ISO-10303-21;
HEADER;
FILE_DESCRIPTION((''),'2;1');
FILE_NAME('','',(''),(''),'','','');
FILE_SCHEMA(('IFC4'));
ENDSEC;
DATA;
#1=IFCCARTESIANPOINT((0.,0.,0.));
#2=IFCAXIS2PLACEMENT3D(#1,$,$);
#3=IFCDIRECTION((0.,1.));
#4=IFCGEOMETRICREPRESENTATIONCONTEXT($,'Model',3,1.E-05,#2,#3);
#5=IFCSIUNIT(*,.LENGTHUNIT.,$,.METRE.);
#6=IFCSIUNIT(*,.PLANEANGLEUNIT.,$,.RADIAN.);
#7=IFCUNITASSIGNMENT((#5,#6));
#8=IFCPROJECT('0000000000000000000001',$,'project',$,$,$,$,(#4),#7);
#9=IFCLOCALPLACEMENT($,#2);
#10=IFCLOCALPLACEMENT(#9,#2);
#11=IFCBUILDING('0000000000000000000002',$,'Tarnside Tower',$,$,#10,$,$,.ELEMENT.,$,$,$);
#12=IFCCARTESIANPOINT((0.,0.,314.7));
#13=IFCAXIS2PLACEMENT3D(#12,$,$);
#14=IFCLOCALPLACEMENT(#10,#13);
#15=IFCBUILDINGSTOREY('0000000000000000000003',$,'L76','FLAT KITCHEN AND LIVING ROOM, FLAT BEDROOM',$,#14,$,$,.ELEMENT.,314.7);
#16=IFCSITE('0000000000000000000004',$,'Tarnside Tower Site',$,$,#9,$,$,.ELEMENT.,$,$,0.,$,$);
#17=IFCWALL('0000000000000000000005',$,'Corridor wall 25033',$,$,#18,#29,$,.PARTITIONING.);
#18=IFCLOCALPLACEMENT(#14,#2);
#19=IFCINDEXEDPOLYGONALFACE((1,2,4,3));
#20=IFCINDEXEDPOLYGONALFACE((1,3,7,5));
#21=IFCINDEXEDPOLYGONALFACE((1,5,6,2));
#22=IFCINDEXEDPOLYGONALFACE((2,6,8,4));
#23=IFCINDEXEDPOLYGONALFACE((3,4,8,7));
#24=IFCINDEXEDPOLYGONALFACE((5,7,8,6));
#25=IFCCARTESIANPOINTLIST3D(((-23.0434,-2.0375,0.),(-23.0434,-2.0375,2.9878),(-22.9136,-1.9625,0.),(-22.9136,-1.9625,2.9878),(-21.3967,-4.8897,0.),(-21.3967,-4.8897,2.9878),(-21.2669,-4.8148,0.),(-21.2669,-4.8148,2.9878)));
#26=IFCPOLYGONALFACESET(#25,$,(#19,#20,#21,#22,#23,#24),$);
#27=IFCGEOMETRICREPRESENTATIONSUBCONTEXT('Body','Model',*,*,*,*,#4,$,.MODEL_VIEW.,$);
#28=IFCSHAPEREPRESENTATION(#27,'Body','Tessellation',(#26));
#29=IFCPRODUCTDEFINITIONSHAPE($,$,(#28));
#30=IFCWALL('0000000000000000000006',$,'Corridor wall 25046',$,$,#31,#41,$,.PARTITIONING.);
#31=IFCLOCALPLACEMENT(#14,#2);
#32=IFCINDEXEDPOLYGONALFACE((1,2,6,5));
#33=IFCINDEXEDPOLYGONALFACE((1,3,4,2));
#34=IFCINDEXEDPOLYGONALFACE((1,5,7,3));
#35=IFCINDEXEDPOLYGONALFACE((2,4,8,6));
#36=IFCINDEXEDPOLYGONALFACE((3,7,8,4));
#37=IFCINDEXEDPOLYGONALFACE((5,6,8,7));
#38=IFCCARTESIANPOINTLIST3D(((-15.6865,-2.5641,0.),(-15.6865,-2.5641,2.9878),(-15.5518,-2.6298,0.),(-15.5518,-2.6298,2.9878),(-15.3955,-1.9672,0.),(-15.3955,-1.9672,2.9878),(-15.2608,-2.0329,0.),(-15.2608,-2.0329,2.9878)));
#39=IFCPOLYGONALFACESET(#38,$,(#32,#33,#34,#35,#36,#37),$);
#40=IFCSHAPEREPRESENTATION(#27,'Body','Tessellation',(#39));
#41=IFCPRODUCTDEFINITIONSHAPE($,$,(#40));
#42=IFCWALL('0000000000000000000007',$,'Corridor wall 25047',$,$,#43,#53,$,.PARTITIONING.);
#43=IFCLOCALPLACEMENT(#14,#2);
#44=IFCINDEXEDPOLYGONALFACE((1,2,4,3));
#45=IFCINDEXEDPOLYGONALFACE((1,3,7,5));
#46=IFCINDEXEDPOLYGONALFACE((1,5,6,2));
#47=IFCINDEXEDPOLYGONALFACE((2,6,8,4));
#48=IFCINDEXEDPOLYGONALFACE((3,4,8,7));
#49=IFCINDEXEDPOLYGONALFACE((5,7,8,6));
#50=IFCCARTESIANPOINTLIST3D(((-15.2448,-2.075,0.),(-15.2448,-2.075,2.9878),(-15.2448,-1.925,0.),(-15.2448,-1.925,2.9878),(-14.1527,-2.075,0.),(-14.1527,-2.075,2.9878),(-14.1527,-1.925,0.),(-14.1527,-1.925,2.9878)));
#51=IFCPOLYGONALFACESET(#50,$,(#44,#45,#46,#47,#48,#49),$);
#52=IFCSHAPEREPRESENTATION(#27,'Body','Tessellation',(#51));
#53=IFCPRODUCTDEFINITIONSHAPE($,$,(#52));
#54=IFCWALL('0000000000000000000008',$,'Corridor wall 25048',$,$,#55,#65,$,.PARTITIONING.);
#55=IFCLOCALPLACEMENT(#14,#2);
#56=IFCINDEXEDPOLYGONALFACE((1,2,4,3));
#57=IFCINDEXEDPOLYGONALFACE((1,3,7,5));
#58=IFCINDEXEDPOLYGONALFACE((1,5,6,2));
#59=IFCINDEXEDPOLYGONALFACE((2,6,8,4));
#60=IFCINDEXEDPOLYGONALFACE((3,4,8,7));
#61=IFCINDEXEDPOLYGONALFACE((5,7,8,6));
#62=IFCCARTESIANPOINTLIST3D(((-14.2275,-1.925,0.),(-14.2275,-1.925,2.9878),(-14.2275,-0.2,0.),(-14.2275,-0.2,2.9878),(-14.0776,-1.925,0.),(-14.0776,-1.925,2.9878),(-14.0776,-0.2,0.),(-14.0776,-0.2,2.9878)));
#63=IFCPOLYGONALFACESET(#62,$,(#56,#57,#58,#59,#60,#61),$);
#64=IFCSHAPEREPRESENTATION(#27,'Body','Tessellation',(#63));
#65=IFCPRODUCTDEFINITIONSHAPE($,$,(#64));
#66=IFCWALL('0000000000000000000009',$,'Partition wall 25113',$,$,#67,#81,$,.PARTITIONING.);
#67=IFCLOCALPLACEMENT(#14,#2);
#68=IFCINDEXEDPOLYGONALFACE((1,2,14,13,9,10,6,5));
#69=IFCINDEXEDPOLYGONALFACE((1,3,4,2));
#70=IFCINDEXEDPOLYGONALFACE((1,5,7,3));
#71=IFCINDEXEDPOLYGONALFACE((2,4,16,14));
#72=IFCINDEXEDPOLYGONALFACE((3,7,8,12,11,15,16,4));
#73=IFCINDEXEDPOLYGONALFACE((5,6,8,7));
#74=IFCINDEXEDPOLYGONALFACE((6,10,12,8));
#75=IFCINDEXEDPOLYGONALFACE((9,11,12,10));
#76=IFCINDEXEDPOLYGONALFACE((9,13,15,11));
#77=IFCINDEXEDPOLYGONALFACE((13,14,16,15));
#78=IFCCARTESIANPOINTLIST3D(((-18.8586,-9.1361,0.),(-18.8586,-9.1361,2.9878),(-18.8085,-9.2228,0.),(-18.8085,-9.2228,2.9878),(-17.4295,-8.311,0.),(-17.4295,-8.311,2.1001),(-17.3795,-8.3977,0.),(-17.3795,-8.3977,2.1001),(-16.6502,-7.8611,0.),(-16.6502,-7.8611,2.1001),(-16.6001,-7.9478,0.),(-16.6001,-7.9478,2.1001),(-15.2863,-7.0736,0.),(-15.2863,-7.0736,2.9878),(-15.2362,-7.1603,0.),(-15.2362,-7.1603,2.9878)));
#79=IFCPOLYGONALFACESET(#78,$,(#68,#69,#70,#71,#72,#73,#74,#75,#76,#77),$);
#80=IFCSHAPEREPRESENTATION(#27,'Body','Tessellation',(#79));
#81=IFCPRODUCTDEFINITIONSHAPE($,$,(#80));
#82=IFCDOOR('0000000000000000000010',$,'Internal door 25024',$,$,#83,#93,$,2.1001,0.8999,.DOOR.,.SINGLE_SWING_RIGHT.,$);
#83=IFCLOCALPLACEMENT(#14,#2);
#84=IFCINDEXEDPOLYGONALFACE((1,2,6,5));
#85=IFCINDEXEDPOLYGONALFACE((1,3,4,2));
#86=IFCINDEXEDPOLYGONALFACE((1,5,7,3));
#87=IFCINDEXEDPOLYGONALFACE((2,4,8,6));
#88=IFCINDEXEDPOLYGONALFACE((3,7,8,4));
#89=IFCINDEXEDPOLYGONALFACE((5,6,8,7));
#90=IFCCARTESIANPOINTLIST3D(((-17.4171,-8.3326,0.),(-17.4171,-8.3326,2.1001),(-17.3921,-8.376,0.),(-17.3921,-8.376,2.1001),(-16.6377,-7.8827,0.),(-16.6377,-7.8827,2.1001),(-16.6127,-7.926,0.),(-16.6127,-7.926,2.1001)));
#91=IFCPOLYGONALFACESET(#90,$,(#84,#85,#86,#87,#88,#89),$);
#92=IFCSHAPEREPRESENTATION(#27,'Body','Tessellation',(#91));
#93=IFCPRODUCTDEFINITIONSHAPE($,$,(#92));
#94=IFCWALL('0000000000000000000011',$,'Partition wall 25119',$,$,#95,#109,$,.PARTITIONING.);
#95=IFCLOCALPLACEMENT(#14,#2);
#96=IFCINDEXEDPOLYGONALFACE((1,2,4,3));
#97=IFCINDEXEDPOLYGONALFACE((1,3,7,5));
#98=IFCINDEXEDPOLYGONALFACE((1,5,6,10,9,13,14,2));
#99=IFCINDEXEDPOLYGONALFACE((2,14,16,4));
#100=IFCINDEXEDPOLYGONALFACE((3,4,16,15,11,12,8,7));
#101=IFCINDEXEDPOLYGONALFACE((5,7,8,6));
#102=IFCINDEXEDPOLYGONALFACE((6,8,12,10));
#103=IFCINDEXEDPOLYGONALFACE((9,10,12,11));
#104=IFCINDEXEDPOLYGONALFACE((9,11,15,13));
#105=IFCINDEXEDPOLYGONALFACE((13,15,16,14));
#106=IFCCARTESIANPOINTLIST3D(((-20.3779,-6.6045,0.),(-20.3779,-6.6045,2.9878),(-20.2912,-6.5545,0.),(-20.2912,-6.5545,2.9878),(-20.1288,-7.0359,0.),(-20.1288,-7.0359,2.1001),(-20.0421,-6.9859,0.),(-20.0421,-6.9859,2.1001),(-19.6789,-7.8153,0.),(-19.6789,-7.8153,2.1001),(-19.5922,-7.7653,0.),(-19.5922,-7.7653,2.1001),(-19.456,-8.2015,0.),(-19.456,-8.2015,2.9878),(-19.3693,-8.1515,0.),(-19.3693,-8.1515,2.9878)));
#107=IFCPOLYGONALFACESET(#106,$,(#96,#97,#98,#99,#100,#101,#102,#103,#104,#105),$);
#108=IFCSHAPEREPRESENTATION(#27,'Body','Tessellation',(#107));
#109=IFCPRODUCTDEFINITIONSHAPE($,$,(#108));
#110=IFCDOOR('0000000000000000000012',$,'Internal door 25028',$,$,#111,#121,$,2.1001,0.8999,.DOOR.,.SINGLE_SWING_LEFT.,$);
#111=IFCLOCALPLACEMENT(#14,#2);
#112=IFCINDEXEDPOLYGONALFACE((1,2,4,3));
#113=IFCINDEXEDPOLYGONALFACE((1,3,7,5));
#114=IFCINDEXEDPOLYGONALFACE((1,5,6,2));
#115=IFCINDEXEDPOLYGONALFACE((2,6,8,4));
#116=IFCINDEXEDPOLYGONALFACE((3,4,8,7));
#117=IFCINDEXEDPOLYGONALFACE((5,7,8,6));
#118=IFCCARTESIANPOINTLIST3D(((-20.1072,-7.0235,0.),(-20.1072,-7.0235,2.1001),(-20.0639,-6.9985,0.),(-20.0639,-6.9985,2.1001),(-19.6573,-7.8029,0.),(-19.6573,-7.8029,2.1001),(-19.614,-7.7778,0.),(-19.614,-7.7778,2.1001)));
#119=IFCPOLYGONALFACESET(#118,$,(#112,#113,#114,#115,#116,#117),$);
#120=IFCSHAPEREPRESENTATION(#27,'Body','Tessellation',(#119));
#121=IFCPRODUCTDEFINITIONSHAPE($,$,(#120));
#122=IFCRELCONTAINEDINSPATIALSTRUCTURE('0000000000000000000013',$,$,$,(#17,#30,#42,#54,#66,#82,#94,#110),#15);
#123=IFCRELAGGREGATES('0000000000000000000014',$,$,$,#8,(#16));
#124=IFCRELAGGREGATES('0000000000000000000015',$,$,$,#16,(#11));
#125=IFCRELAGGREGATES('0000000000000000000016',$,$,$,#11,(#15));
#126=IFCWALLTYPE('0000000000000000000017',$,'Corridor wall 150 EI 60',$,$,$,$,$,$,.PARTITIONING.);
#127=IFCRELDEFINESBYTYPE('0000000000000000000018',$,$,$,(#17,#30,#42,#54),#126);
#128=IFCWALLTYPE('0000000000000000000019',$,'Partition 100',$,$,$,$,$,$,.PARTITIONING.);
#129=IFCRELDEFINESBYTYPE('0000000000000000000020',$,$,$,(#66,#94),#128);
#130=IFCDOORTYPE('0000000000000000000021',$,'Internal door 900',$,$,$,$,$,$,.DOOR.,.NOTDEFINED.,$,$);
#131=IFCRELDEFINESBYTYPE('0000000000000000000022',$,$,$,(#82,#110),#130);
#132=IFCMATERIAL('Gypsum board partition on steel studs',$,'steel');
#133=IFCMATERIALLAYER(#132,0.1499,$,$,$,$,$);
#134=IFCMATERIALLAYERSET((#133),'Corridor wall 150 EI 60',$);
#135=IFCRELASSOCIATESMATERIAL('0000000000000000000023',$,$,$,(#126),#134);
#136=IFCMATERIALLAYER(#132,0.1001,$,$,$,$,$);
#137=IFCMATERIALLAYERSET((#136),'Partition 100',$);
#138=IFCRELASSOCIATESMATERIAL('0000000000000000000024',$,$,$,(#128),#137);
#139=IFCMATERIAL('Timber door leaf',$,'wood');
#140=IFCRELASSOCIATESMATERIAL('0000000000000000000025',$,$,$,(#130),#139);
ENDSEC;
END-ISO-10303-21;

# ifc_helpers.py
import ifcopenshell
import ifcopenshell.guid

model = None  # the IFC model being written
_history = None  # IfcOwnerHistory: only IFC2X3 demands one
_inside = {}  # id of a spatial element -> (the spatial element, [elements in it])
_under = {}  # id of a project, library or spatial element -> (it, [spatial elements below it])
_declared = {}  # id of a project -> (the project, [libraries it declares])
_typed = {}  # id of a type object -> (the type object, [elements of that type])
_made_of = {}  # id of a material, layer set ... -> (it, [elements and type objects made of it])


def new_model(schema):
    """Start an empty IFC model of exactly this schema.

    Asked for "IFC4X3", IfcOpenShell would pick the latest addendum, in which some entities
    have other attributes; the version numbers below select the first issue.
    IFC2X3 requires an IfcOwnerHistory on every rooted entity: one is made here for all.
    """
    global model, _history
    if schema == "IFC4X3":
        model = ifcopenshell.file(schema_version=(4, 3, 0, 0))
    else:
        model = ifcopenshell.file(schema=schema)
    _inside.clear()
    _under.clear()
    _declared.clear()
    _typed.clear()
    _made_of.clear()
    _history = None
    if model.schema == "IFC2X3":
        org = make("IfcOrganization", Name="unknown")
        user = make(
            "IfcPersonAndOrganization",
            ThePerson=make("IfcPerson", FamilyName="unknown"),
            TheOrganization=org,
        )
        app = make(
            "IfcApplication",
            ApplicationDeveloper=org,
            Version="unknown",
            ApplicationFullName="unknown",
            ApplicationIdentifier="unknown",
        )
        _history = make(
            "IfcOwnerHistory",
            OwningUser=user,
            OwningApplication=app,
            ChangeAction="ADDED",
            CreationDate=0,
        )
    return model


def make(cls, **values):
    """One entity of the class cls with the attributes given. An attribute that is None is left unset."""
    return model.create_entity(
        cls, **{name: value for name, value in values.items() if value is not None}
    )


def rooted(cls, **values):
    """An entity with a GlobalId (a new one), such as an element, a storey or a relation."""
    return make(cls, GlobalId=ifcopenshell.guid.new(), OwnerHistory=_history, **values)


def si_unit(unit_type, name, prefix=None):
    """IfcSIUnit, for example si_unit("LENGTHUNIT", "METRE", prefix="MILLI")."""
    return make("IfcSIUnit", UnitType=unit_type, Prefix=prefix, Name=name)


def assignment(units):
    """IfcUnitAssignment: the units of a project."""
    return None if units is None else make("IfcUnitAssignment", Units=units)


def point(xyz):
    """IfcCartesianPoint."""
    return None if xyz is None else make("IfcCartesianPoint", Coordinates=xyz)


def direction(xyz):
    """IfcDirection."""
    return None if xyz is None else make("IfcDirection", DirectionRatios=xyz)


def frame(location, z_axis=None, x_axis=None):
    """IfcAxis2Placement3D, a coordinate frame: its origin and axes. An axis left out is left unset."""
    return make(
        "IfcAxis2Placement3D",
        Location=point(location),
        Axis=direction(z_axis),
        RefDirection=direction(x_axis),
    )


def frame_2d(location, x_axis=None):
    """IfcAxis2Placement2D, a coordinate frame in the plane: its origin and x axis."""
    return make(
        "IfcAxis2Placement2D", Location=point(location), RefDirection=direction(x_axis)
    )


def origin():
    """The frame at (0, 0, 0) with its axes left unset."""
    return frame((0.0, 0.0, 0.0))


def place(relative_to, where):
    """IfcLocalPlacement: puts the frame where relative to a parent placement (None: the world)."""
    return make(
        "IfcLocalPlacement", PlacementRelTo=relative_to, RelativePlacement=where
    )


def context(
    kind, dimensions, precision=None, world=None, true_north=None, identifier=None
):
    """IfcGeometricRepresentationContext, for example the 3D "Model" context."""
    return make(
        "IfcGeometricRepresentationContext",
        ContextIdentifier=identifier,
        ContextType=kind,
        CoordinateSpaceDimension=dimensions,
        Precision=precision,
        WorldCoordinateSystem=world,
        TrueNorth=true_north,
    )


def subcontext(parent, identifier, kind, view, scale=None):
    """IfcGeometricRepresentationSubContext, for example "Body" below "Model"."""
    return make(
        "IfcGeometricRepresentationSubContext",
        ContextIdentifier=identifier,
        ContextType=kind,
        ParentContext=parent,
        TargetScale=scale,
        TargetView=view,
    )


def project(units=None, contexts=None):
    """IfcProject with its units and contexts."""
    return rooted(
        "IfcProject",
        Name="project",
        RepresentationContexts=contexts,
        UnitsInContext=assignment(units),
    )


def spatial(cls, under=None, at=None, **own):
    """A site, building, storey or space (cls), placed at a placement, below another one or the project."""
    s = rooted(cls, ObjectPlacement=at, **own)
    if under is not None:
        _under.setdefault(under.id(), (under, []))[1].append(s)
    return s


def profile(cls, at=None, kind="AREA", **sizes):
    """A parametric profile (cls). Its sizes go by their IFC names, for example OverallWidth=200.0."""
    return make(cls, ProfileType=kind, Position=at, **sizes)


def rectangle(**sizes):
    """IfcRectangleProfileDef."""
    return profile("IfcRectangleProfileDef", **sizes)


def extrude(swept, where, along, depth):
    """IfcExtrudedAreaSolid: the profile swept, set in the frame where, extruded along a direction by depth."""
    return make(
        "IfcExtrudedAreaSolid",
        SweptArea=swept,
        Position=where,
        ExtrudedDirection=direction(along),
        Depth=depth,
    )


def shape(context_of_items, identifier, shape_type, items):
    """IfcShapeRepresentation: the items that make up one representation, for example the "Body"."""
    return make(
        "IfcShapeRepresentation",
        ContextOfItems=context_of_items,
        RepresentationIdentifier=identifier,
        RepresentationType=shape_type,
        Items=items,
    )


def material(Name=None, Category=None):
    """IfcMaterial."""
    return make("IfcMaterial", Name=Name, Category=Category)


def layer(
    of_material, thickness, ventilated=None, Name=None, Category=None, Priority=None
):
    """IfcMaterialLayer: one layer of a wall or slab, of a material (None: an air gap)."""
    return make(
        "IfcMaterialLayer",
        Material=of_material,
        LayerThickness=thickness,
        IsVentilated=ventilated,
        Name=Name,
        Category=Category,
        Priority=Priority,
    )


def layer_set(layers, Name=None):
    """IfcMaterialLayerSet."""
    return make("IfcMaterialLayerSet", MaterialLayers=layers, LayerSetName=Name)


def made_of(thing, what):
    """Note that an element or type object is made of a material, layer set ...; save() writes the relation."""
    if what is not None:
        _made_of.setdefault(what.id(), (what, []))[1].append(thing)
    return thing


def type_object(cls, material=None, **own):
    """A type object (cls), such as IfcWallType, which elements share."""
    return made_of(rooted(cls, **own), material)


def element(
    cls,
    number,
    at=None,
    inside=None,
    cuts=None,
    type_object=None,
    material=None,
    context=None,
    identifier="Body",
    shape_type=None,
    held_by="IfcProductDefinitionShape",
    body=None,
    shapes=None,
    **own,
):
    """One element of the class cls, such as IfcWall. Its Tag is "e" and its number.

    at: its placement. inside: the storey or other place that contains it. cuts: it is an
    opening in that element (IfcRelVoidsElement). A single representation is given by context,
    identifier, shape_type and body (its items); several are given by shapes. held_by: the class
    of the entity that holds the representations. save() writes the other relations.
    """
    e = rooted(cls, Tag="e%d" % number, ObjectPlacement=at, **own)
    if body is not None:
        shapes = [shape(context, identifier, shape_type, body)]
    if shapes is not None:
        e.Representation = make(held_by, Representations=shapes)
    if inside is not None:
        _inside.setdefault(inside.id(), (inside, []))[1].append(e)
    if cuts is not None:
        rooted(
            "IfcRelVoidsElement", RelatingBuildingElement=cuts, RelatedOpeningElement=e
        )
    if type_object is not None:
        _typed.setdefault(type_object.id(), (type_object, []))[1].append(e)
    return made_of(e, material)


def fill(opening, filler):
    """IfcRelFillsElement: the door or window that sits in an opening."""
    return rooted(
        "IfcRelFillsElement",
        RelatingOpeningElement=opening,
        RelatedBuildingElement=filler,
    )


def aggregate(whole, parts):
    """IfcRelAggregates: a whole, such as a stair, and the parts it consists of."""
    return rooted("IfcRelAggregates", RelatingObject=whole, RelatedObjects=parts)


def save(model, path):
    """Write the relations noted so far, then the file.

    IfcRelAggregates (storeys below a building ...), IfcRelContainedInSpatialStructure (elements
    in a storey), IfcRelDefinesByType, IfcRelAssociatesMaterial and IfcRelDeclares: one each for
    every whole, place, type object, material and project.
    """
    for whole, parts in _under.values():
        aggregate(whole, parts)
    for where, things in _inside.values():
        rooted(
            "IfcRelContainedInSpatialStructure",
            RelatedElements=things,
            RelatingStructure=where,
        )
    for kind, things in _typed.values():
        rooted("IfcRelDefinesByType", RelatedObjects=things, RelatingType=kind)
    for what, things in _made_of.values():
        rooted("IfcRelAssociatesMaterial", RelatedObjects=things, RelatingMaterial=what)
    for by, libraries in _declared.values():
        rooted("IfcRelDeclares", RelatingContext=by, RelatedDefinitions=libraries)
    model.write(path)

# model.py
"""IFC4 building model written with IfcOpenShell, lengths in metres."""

from ifc_helpers import new_model, si_unit, direction, frame, frame_2d, origin, place, context, subcontext, project, spatial, rectangle, extrude, material, layer, layer_set, type_object, element, fill, save


model = new_model("IFC4")

# Units and contexts
model_context = context("Model", 3, precision=1e-05, world=origin(), true_north=direction((0.0, 1.0)))
body_context = subcontext(model_context, "Body", "Model", "MODEL_VIEW")
ifc_project = project(units=[si_unit("LENGTHUNIT", "METRE"), si_unit("PLANEANGLEUNIT", "RADIAN")], contexts=[model_context])

# Site, building, storey
site_placement = place(None, origin())
site = spatial("IfcSite", under=ifc_project, at=site_placement, Name="Tarnside Tower Site", CompositionType="ELEMENT", RefElevation=0.0)
building_placement = place(site_placement, origin())
building = spatial("IfcBuilding", under=site, at=building_placement, Name="Tarnside Tower", CompositionType="ELEMENT")
storey_placement = place(building_placement, frame((0.0, 0.0, 314.7)))
storey = spatial("IfcBuildingStorey", under=building, at=storey_placement, Name="L76", Description="FLAT KITCHEN AND LIVING ROOM, FLAT BEDROOM", CompositionType="ELEMENT", Elevation=314.7)

# Shared definitions
ifc_material_1 = material(Name="Gypsum board partition on steel studs", Category="steel")
ifc_material_2 = material(Name="Timber door leaf", Category="wood")

# Shared definitions
ifc_layer_1 = layer(ifc_material_1, 0.1499)
ifc_layer_set_1 = layer_set([ifc_layer_1], Name="Corridor wall 150 EI 60")
wall_type_1 = type_object("IfcWallType", Name="Corridor wall 150 EI 60", PredefinedType="PARTITIONING", material=ifc_layer_set_1)

# Walls
wall_1_placement = place(storey_placement, frame((-22.9785, -2.0, 0.0), z_axis=(0.0, 0.0, 1.0), x_axis=(0.49999, -0.866031, 0.0)))
element("IfcWall", 1, at=wall_1_placement, inside=storey, type_object=wall_type_1, Name="Corridor wall 25033", PredefinedType="PARTITIONING", context=body_context, shape_type="SweptSolid", body=[
    extrude(rectangle(XDim=3.2935, YDim=0.1499, at=frame_2d((1.6467, 0.0))), origin(), (0.0, 0.0, 1.0), 2.9878),
])
wall_2_placement = place(storey_placement, frame((-15.6191, -2.5969, 0.0), z_axis=(0.0, 0.0, 1.0), x_axis=(0.438221, 0.898867, 0.0)))
element("IfcWall", 2, at=wall_2_placement, inside=storey, type_object=wall_type_1, Name="Corridor wall 25046", PredefinedType="PARTITIONING", context=body_context, shape_type="SweptSolid", body=[
    extrude(rectangle(XDim=0.6641, YDim=0.1499, at=frame_2d((0.332, 0.0))), origin(), (0.0, 0.0, 1.0), 2.9878),
])
wall_3_placement = place(storey_placement, frame((-15.2446, -2.0, 0.0), z_axis=(0.0, 0.0, 1.0), x_axis=(1.0, 0.0, 0.0)))
element("IfcWall", 3, at=wall_3_placement, inside=storey, type_object=wall_type_1, Name="Corridor wall 25047", PredefinedType="PARTITIONING", context=body_context, shape_type="SweptSolid", body=[
    extrude(rectangle(XDim=1.092, YDim=0.1499, at=frame_2d((0.5459, 0.0))), origin(), (0.0, 0.0, 1.0), 2.9878),
])
wall_4_placement = place(storey_placement, frame((-14.1526, -1.925, 0.0), z_axis=(0.0, 0.0, 1.0), x_axis=(0.0, 1.0, 0.0)))
element("IfcWall", 4, at=wall_4_placement, inside=storey, type_object=wall_type_1, Name="Corridor wall 25048", PredefinedType="PARTITIONING", context=body_context, shape_type="SweptSolid", body=[
    extrude(rectangle(XDim=1.7251, YDim=0.1499, at=frame_2d((0.8625, 0.0))), origin(), (0.0, 0.0, 1.0), 2.9878),
])

# Walls, openings, doors
ifc_layer_2 = layer(ifc_material_1, 0.1001)
ifc_layer_set_2 = layer_set([ifc_layer_2], Name="Partition 100")
wall_type_2 = type_object("IfcWallType", Name="Partition 100", PredefinedType="PARTITIONING", material=ifc_layer_set_2)
wall_5_placement = place(storey_placement, frame((-15.2612, -7.1169, 0.0), z_axis=(0.0, 0.0, 1.0), x_axis=(-0.86602, -0.500009, 0.0)))
wall_5 = element("IfcWall", 5, at=wall_5_placement, inside=storey, type_object=wall_type_2, Name="Partition wall 25113", PredefinedType="PARTITIONING", context=body_context, shape_type="SweptSolid", body=[
    extrude(rectangle(XDim=4.125, YDim=0.1001, at=frame_2d((2.0625, 0.0))), origin(), (0.0, 0.0, 1.0), 2.9878),
])
opening_1_placement = place(wall_5_placement, frame((1.575, 0.0, 0.0)))
opening_1 = element("IfcOpeningElement", 6, at=opening_1_placement, cuts=wall_5, PredefinedType="OPENING", context=body_context, shape_type="SweptSolid", body=[
    extrude(rectangle(XDim=0.8999, YDim=2.1001, at=frame_2d((0.45, 1.05))), frame((0.0, 0.0601, 0.0), z_axis=(0.0, -1.0, 0.0), x_axis=(1.0, 0.0, 0.0)), (0.0, 0.0, 1.0), 0.1201),
])
door_type_1 = type_object("IfcDoorType", Name="Internal door 900", OperationType="NOTDEFINED", PredefinedType="DOOR", material=ifc_material_2)
door_1_placement = place(opening_1_placement, origin())
door_1 = element("IfcDoor", 7, at=door_1_placement, inside=storey, type_object=door_type_1, Name="Internal door 25024", OperationType="SINGLE_SWING_RIGHT", OverallHeight=2.1001, OverallWidth=0.8999, PredefinedType="DOOR", context=body_context, shape_type="SweptSolid", body=[
    extrude(rectangle(XDim=0.8999, YDim=2.1001, at=frame_2d((0.45, 1.05))), frame((0.0, 0.0249, 0.0), z_axis=(0.0, -1.0, 0.0), x_axis=(1.0, 0.0, 0.0)), (0.0, 0.0, 1.0), 0.05),
])
fill(opening_1, door_1)
wall_6_placement = place(storey_placement, frame((-20.3345, -6.5796, 0.0), z_axis=(0.0, 0.0, 1.0), x_axis=(0.499956, -0.866051, 0.0)))
wall_6 = element("IfcWall", 8, at=wall_6_placement, inside=storey, type_object=wall_type_2, Name="Partition wall 25119", PredefinedType="PARTITIONING", context=body_context, shape_type="SweptSolid", body=[
    extrude(rectangle(XDim=1.844, YDim=0.1001, at=frame_2d((0.9219, 0.0))), origin(), (0.0, 0.0, 1.0), 2.9878),
])
opening_2_placement = place(wall_6_placement, frame((0.498, 0.0, 0.0)))
opening_2 = element("IfcOpeningElement", 9, at=opening_2_placement, cuts=wall_6, PredefinedType="OPENING", context=body_context, shape_type="SweptSolid", body=[
    extrude(rectangle(XDim=0.8999, YDim=2.1001, at=frame_2d((0.45, 1.05))), frame((0.0, 0.0601, 0.0), z_axis=(0.0, -1.0, 0.0), x_axis=(1.0, 0.0, 0.0)), (0.0, 0.0, 1.0), 0.1201),
])
door_2_placement = place(opening_2_placement, origin())
door_2 = element("IfcDoor", 10, at=door_2_placement, inside=storey, type_object=door_type_1, Name="Internal door 25028", OperationType="SINGLE_SWING_LEFT", OverallHeight=2.1001, OverallWidth=0.8999, PredefinedType="DOOR", context=body_context, shape_type="SweptSolid", body=[
    extrude(rectangle(XDim=0.8999, YDim=2.1001, at=frame_2d((0.45, 1.05))), frame((0.0, 0.0249, 0.0), z_axis=(0.0, -1.0, 0.0), x_axis=(1.0, 0.0, 0.0)), (0.0, 0.0, 1.0), 0.05),
])
fill(opening_2, door_2)

save(model, "model.ifc")
